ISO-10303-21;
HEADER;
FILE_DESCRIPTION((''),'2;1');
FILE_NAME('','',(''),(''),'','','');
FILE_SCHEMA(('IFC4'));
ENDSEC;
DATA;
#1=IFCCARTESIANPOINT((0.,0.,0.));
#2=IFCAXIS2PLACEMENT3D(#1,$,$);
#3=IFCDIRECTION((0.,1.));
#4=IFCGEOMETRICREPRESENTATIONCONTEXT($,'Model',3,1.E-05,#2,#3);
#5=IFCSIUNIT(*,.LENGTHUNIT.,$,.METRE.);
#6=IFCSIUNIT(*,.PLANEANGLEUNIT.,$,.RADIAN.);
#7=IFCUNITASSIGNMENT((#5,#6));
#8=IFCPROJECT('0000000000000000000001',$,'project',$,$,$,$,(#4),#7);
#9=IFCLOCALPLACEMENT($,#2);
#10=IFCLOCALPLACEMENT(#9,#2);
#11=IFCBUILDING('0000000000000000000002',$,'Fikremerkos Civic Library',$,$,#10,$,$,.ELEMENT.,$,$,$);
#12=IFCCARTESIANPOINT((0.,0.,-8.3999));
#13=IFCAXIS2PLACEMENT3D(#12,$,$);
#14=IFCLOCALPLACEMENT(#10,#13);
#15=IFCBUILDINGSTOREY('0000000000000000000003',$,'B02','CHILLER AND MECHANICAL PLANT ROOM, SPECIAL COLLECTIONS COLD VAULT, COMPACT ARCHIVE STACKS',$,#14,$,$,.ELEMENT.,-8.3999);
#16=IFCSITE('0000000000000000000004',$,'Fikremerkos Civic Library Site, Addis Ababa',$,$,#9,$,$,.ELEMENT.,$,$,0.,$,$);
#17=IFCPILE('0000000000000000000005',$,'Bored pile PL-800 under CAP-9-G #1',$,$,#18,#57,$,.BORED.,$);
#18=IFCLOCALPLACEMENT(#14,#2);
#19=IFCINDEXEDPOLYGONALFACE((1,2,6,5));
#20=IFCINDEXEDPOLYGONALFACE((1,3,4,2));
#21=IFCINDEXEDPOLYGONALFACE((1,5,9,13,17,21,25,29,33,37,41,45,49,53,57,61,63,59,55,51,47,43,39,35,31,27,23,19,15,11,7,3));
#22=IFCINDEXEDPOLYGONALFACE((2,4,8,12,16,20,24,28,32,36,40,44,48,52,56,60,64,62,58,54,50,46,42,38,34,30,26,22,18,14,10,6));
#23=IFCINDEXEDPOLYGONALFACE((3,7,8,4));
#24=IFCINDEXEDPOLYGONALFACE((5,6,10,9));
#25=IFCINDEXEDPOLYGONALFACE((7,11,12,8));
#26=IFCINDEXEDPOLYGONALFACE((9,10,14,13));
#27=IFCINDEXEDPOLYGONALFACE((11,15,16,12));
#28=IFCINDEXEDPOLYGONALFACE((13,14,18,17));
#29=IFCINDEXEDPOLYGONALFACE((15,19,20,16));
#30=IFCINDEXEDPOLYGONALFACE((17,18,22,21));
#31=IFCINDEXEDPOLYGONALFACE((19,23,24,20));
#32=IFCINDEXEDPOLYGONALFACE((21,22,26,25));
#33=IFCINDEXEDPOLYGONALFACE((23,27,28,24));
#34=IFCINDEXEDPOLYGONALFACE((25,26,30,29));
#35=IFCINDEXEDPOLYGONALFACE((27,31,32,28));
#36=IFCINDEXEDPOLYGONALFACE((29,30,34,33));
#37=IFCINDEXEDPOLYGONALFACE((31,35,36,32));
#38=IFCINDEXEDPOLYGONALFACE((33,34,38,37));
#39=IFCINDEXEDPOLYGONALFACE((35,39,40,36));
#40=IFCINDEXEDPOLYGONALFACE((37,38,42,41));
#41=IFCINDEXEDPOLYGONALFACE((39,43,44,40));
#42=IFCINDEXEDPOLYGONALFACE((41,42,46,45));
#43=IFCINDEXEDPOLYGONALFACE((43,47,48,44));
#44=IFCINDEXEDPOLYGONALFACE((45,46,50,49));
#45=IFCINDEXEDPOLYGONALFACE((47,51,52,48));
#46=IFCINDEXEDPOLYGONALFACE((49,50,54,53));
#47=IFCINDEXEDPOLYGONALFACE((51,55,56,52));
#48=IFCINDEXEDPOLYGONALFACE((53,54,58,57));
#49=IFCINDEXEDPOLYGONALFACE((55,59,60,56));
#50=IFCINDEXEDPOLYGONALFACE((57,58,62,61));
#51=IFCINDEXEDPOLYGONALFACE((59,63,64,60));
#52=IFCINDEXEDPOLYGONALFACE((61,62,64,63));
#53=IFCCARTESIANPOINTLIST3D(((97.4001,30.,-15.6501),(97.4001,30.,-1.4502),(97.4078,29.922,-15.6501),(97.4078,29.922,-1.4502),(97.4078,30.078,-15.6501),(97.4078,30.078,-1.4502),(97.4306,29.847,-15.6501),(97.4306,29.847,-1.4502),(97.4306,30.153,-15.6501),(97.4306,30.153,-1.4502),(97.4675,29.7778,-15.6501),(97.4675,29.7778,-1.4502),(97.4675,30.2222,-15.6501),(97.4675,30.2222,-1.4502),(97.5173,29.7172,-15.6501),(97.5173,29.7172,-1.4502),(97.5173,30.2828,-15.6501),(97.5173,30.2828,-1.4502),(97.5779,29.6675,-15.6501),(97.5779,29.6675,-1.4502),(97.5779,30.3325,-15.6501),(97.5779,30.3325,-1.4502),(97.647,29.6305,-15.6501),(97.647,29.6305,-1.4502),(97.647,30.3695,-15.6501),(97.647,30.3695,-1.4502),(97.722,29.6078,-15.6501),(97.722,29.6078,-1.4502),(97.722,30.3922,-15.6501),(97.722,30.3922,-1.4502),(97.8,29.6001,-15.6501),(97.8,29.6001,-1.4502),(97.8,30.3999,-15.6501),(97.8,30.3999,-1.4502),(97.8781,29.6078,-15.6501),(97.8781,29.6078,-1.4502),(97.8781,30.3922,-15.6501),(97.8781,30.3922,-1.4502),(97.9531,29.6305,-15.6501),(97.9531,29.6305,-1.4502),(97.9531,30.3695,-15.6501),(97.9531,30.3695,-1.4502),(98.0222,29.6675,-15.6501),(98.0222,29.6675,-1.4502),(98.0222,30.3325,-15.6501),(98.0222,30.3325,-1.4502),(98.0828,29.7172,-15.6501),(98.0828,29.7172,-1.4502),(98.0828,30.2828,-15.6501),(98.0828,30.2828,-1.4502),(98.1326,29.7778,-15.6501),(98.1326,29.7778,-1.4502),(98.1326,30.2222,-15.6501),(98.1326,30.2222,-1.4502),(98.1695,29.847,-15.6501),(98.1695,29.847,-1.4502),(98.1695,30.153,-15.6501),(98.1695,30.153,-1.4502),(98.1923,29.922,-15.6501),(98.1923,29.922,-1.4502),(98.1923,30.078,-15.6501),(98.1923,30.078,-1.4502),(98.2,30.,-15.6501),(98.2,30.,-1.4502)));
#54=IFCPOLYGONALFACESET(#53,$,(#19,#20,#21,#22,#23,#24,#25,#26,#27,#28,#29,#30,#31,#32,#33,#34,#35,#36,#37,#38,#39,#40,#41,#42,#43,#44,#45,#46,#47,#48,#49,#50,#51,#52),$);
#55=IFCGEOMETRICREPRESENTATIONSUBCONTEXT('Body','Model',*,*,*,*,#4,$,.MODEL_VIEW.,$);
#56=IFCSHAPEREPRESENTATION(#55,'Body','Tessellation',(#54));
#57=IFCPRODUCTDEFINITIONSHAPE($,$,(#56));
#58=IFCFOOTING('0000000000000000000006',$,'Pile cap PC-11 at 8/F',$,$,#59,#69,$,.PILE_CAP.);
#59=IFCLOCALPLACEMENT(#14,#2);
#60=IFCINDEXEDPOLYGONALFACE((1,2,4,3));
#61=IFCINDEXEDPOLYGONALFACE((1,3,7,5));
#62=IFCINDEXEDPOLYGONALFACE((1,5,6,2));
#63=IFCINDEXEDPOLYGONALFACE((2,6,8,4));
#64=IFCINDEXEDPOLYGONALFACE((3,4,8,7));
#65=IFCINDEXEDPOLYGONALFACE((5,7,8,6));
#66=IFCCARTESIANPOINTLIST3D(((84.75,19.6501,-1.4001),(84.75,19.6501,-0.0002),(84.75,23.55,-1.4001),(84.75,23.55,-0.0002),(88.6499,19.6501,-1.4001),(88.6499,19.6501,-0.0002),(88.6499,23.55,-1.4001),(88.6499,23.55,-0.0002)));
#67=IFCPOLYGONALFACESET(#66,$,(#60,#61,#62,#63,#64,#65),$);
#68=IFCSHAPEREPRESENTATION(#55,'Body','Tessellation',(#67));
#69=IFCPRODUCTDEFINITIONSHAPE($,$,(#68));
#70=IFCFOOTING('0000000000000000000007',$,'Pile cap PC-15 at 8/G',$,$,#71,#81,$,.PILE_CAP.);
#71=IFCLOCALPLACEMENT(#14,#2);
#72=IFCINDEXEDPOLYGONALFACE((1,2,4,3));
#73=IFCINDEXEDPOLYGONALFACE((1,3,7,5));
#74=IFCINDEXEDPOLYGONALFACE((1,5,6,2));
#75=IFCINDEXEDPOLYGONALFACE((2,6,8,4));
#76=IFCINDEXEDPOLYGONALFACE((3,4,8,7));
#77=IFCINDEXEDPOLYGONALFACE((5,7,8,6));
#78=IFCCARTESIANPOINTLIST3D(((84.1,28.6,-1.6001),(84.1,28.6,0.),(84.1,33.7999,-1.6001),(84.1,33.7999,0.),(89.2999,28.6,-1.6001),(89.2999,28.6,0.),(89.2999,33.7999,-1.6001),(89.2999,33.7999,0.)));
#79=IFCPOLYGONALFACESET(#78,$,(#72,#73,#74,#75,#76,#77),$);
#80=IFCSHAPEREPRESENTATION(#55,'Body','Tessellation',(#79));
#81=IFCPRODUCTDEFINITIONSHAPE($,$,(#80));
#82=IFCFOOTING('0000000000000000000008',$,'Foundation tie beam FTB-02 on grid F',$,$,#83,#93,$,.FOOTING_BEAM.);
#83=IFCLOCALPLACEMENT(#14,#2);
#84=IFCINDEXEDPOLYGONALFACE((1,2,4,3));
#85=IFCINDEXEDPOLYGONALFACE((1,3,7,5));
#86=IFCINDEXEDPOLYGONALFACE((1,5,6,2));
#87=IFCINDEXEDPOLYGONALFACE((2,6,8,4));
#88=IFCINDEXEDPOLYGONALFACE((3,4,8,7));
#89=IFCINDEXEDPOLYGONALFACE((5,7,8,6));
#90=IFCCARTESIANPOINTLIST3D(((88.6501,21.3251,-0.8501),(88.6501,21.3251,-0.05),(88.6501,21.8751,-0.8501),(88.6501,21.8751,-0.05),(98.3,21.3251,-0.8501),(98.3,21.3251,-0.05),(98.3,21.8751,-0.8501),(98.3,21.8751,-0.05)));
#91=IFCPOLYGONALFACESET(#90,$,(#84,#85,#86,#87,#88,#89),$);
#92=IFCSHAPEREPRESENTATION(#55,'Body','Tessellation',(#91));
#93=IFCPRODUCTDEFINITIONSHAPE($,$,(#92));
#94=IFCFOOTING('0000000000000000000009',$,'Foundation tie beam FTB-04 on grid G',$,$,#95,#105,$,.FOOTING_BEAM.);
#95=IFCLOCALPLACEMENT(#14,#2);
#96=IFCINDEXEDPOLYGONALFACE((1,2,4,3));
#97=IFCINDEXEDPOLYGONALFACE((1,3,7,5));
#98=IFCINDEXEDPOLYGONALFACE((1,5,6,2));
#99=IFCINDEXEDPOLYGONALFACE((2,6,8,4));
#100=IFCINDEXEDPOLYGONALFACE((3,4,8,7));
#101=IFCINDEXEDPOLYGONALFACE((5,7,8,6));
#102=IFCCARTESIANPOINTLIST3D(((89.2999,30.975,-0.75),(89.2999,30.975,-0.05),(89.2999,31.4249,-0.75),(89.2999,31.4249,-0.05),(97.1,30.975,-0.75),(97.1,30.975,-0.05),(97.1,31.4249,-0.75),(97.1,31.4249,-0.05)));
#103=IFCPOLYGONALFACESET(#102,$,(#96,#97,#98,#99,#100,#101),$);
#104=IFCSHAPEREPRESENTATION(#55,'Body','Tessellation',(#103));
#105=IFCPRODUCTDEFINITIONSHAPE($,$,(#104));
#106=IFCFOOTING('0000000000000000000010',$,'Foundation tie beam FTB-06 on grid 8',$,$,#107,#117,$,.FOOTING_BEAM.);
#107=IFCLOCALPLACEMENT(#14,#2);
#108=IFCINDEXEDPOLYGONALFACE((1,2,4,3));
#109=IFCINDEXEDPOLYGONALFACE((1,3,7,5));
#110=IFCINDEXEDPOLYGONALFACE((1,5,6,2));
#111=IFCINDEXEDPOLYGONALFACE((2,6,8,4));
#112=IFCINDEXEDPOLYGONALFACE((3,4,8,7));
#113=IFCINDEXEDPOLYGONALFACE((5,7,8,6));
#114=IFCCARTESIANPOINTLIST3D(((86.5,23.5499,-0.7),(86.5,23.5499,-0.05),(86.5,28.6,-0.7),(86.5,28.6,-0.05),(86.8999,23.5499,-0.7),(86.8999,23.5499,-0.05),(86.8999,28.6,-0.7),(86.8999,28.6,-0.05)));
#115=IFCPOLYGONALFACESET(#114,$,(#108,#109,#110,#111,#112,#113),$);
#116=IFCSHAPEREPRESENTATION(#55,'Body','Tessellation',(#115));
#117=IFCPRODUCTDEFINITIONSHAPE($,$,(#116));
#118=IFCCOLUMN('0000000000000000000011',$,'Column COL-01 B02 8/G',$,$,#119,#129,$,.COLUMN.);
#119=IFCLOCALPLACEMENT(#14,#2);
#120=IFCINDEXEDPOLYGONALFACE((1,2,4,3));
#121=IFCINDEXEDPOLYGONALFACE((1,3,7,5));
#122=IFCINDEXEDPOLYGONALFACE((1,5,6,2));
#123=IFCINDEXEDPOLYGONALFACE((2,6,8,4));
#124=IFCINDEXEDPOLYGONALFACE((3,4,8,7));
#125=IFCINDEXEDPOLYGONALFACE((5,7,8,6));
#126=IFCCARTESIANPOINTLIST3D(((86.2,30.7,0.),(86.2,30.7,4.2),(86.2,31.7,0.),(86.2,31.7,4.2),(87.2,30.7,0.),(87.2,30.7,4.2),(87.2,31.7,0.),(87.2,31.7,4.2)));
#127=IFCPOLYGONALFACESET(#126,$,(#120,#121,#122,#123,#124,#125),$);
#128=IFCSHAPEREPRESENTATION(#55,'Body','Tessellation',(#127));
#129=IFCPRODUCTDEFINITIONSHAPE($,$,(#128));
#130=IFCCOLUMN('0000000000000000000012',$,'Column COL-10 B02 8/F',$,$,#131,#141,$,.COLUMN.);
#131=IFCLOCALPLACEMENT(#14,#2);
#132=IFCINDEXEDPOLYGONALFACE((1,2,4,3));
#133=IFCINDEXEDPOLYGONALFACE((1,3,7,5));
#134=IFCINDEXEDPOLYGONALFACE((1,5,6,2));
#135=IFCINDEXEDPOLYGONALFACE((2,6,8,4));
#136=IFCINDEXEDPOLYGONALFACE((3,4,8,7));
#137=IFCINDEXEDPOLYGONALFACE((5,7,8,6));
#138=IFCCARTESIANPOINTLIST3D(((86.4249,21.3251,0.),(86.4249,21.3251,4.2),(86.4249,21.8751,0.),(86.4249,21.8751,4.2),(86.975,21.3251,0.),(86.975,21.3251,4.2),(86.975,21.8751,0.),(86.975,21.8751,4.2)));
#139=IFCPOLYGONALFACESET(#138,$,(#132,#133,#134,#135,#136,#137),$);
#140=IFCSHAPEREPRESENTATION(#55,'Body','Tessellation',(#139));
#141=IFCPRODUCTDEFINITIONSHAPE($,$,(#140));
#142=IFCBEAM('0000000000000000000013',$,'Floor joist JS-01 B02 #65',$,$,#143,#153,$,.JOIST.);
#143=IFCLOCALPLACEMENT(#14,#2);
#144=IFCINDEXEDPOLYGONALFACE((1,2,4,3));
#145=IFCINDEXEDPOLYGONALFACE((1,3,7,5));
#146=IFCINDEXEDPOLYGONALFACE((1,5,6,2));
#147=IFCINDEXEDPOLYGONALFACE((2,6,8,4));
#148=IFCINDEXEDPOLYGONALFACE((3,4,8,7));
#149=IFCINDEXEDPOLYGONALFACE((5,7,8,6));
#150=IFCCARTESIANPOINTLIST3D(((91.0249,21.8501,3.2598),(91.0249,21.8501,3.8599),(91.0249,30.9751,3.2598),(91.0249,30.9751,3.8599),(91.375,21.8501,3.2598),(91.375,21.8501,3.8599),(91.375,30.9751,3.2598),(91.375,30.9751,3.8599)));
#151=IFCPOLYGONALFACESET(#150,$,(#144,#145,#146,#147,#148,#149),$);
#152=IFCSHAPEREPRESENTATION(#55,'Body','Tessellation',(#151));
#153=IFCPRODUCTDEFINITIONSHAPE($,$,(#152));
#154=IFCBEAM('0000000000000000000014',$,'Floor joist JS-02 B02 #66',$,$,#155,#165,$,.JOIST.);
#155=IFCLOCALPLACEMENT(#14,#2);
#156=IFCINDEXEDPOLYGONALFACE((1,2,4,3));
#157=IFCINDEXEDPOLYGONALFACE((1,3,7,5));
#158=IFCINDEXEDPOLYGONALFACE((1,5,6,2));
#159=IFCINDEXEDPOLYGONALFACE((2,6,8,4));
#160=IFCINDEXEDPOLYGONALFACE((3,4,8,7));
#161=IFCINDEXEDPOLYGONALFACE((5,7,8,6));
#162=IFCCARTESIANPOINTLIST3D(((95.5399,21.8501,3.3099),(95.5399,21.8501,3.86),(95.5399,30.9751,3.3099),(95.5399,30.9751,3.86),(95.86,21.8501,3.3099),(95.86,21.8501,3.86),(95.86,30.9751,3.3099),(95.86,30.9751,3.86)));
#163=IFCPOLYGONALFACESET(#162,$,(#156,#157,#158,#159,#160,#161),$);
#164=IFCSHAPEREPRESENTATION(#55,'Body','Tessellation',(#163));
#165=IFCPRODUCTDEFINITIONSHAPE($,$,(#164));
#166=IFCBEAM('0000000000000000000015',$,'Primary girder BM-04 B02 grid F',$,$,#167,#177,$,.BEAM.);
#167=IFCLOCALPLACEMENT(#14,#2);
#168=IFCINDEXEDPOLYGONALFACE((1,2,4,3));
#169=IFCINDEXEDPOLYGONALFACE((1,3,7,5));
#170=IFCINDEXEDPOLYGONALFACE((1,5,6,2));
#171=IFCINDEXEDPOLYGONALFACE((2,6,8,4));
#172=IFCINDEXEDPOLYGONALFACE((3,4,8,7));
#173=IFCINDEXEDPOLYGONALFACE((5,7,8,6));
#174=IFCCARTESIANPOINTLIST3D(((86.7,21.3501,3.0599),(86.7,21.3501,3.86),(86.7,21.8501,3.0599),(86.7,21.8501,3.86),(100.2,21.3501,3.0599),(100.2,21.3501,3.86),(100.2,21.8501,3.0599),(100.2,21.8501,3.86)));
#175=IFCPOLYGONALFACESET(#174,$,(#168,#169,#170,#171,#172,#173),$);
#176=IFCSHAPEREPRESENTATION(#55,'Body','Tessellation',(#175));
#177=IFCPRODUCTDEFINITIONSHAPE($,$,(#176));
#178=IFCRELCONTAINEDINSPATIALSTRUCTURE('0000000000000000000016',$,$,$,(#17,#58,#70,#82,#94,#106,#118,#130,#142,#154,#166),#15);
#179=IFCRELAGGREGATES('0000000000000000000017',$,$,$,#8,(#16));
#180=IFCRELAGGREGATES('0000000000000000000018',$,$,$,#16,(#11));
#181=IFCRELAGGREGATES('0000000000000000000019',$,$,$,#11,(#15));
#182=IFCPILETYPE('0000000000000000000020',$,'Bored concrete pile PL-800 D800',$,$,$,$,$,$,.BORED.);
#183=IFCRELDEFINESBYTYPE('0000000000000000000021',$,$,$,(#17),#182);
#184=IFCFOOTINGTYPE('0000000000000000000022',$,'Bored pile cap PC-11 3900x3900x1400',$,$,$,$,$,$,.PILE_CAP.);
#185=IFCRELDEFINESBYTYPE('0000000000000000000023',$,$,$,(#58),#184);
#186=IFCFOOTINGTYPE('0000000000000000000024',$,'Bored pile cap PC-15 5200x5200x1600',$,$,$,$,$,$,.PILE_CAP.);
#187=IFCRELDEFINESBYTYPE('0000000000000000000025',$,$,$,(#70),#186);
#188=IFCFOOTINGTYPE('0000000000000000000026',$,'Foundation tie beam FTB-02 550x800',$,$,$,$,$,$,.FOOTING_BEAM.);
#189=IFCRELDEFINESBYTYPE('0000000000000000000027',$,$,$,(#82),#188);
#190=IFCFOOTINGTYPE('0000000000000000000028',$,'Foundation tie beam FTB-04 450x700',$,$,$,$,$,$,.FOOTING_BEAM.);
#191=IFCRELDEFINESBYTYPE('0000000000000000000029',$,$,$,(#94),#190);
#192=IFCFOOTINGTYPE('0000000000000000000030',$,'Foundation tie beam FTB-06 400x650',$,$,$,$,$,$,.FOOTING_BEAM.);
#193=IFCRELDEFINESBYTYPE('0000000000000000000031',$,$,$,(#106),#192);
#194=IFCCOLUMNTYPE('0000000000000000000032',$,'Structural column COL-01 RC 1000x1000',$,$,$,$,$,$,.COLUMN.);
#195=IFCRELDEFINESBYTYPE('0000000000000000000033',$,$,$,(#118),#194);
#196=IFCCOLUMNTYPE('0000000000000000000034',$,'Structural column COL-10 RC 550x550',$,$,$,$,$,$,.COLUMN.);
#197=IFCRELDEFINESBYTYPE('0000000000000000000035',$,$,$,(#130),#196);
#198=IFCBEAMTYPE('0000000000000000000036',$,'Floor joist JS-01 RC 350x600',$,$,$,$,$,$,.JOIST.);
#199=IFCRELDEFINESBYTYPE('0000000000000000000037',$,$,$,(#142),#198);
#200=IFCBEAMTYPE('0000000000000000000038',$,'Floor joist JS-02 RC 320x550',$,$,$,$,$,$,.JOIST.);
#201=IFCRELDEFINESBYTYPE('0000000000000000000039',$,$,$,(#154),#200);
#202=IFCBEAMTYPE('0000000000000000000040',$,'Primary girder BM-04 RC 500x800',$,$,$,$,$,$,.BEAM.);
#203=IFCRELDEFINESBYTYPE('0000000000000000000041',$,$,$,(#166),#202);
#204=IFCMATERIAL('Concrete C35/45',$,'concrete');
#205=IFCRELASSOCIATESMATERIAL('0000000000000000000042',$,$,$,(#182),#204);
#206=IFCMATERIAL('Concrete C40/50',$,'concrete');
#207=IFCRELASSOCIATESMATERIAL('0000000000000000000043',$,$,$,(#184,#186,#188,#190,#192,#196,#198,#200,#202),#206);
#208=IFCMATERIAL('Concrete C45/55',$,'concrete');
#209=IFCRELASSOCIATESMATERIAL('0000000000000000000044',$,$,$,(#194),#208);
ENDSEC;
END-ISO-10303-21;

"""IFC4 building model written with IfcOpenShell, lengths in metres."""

from ifc_helpers import new_model, si_unit, direction, frame, origin, origin_2d, place, context, subcontext, project, spatial, rectangle, circle, extrude, material, material_profile, profile_set, type_object, element, save


model = new_model("IFC4")

# Units and contexts
model_context = context("Model", 3, precision=1e-05, world=origin(), true_north=direction((0.0, 1.0)))
body_context = subcontext(model_context, "Body", "Model", "MODEL_VIEW")
ifc_project = project(units=[si_unit("LENGTHUNIT", "METRE"), si_unit("PLANEANGLEUNIT", "RADIAN")], contexts=[model_context])

# Site, building, storey
site_placement = place(None, origin())
site = spatial("IfcSite", under=ifc_project, at=site_placement, Name="Fikremerkos Civic Library Site, Addis Ababa", CompositionType="ELEMENT", RefElevation=0.0)
building_placement = place(site_placement, origin())
building = spatial("IfcBuilding", under=site, at=building_placement, Name="Fikremerkos Civic Library", CompositionType="ELEMENT")
storey_placement = place(building_placement, frame((0.0, 0.0, -8.3999)))
storey = spatial("IfcBuildingStorey", under=building, at=storey_placement, Name="B02", Description="CHILLER AND MECHANICAL PLANT ROOM, SPECIAL COLLECTIONS COLD VAULT, COMPACT ARCHIVE STACKS", CompositionType="ELEMENT", Elevation=-8.3999)

# Pile
ifc_material_1 = material(Name="Concrete C35/45", Category="concrete")
ifc_material_profile_1 = material_profile(ifc_material_1, circle(Radius=0.3999, at=origin_2d()), Name="BORED PILE 800")
ifc_profile_set_1 = profile_set([ifc_material_profile_1], Name="Concrete C35/45")
pile_type = type_object("IfcPileType", Name="Bored concrete pile PL-800 D800", PredefinedType="BORED", material=ifc_profile_set_1)
for number, where, z_axis, x_axis, name in (
    (1, (97.8, 30.0, -1.4502), (0.0, 0.0, -1.0), (1.0, 0.0, 0.0), "Bored pile PL-800 under CAP-9-G #1"),
):
    element("IfcPile", number, at=place(storey_placement, frame(where, z_axis=z_axis, x_axis=x_axis)), inside=storey, type_object=pile_type, Name=name, PredefinedType="BORED", context=body_context, shape_type="SweptSolid", body=[
        extrude(circle(Radius=0.3999, at=origin_2d()), origin(), (0.0, 0.0, 1.0), 14.2),
    ])

# Footings
ifc_material_2 = material(Name="Concrete C40/50", Category="concrete")
footing_type_1 = type_object("IfcFootingType", Name="Bored pile cap PC-11 3900x3900x1400", PredefinedType="PILE_CAP", material=ifc_material_2)
footing_1_placement = place(storey_placement, frame((86.7, 21.6001, -1.4001), z_axis=(0.0, 0.0, 1.0), x_axis=(1.0, 0.0, 0.0)))
element("IfcFooting", 2, at=footing_1_placement, inside=storey, type_object=footing_type_1, Name="Pile cap PC-11 at 8/F", PredefinedType="PILE_CAP", context=body_context, shape_type="SweptSolid", body=[
    extrude(rectangle(XDim=3.8999, YDim=3.8999, at=origin_2d()), origin(), (0.0, 0.0, 1.0), 1.3999),
])
footing_type_2 = type_object("IfcFootingType", Name="Bored pile cap PC-15 5200x5200x1600", PredefinedType="PILE_CAP", material=ifc_material_2)
footing_2_placement = place(storey_placement, frame((86.7, 31.2, -1.6001), z_axis=(0.0, 0.0, 1.0), x_axis=(1.0, 0.0, 0.0)))
element("IfcFooting", 3, at=footing_2_placement, inside=storey, type_object=footing_type_2, Name="Pile cap PC-15 at 8/G", PredefinedType="PILE_CAP", context=body_context, shape_type="SweptSolid", body=[
    extrude(rectangle(XDim=5.2, YDim=5.2, at=origin_2d()), origin(), (0.0, 0.0, 1.0), 1.6001),
])
footing_type_3 = type_object("IfcFootingType", Name="Foundation tie beam FTB-02 550x800", PredefinedType="FOOTING_BEAM", material=ifc_material_2)
footing_3_placement = place(storey_placement, frame((93.4751, 21.6001, -0.8501), z_axis=(0.0, 0.0, 1.0), x_axis=(1.0, 0.0, 0.0)))
element("IfcFooting", 4, at=footing_3_placement, inside=storey, type_object=footing_type_3, Name="Foundation tie beam FTB-02 on grid F", PredefinedType="FOOTING_BEAM", context=body_context, shape_type="SweptSolid", body=[
    extrude(rectangle(XDim=9.6499, YDim=0.55, at=origin_2d()), origin(), (0.0, 0.0, 1.0), 0.8),
])
footing_type_4 = type_object("IfcFootingType", Name="Foundation tie beam FTB-04 450x700", PredefinedType="FOOTING_BEAM", material=ifc_material_2)
footing_4_placement = place(storey_placement, frame((93.2, 31.2, -0.75), z_axis=(0.0, 0.0, 1.0), x_axis=(1.0, 0.0, 0.0)))
element("IfcFooting", 5, at=footing_4_placement, inside=storey, type_object=footing_type_4, Name="Foundation tie beam FTB-04 on grid G", PredefinedType="FOOTING_BEAM", context=body_context, shape_type="SweptSolid", body=[
    extrude(rectangle(XDim=7.8, YDim=0.45, at=origin_2d()), origin(), (0.0, 0.0, 1.0), 0.7),
])
footing_type_5 = type_object("IfcFootingType", Name="Foundation tie beam FTB-06 400x650", PredefinedType="FOOTING_BEAM", material=ifc_material_2)
footing_5_placement = place(storey_placement, frame((86.7, 26.075, -0.7), z_axis=(0.0, 0.0, 1.0), x_axis=(0.0, 1.0, 0.0)))
element("IfcFooting", 6, at=footing_5_placement, inside=storey, type_object=footing_type_5, Name="Foundation tie beam FTB-06 on grid 8", PredefinedType="FOOTING_BEAM", context=body_context, shape_type="SweptSolid", body=[
    extrude(rectangle(XDim=5.05, YDim=0.3999, at=origin_2d()), origin(), (0.0, 0.0, 1.0), 0.6499),
])

# Columns
ifc_material_3 = material(Name="Concrete C45/55", Category="concrete")
ifc_material_profile_2 = material_profile(ifc_material_3, rectangle(XDim=1.0, YDim=1.0, at=origin_2d()), Name="RC 1000x1000")
ifc_profile_set_2 = profile_set([ifc_material_profile_2], Name="Concrete C45/55")
column_type_1 = type_object("IfcColumnType", Name="Structural column COL-01 RC 1000x1000", PredefinedType="COLUMN", material=ifc_profile_set_2)
column_1_placement = place(storey_placement, frame((86.7, 31.2, 0.0), z_axis=(0.0, 0.0, 1.0), x_axis=(1.0, 0.0, 0.0)))
element("IfcColumn", 7, at=column_1_placement, inside=storey, type_object=column_type_1, Name="Column COL-01 B02 8/G", PredefinedType="COLUMN", context=body_context, shape_type="SweptSolid", body=[
    extrude(rectangle(XDim=1.0, YDim=1.0, at=origin_2d()), origin(), (0.0, 0.0, 1.0), 4.2),
])
ifc_material_profile_3 = material_profile(ifc_material_2, rectangle(XDim=0.55, YDim=0.55, at=origin_2d()), Name="RC 550x550")
ifc_profile_set_3 = profile_set([ifc_material_profile_3], Name="Concrete C40/50")
column_type_2 = type_object("IfcColumnType", Name="Structural column COL-10 RC 550x550", PredefinedType="COLUMN", material=ifc_profile_set_3)
column_2_placement = place(storey_placement, frame((86.7, 21.6001, 0.0), z_axis=(0.0, 0.0, 1.0), x_axis=(1.0, 0.0, 0.0)))
element("IfcColumn", 8, at=column_2_placement, inside=storey, type_object=column_type_2, Name="Column COL-10 B02 8/F", PredefinedType="COLUMN", context=body_context, shape_type="SweptSolid", body=[
    extrude(rectangle(XDim=0.55, YDim=0.55, at=origin_2d()), origin(), (0.0, 0.0, 1.0), 4.2),
])

# Beams
ifc_material_profile_4 = material_profile(ifc_material_2, rectangle(XDim=0.3501, YDim=0.6001, at=origin_2d()), Name="RC 350x600")
ifc_profile_set_4 = profile_set([ifc_material_profile_4], Name="Concrete C40/50")
beam_type_1 = type_object("IfcBeamType", Name="Floor joist JS-01 RC 350x600", PredefinedType="JOIST", material=ifc_profile_set_4)
beam_1_placement = place(storey_placement, frame((91.2, 21.8501, 3.5598), z_axis=(0.0, 1.0, 0.0), x_axis=(-1.0, 0.0, 0.0)))
element("IfcBeam", 9, at=beam_1_placement, inside=storey, type_object=beam_type_1, Name="Floor joist JS-01 B02 #65", PredefinedType="JOIST", context=body_context, shape_type="SweptSolid", body=[
    extrude(rectangle(XDim=0.3501, YDim=0.6001, at=origin_2d()), origin(), (0.0, 0.0, 1.0), 9.125),
])
ifc_material_profile_5 = material_profile(ifc_material_2, rectangle(XDim=0.3201, YDim=0.55, at=origin_2d()), Name="RC 320x550")
ifc_profile_set_5 = profile_set([ifc_material_profile_5], Name="Concrete C40/50")
beam_type_2 = type_object("IfcBeamType", Name="Floor joist JS-02 RC 320x550", PredefinedType="JOIST", material=ifc_profile_set_5)
beam_2_placement = place(storey_placement, frame((95.7, 21.8501, 3.585), z_axis=(0.0, 1.0, 0.0), x_axis=(-1.0, 0.0, 0.0)))
element("IfcBeam", 10, at=beam_2_placement, inside=storey, type_object=beam_type_2, Name="Floor joist JS-02 B02 #66", PredefinedType="JOIST", context=body_context, shape_type="SweptSolid", body=[
    extrude(rectangle(XDim=0.3201, YDim=0.55, at=origin_2d()), origin(), (0.0, 0.0, 1.0), 9.125),
])
ifc_material_profile_6 = material_profile(ifc_material_2, rectangle(XDim=0.5, YDim=0.8, at=origin_2d()), Name="RC 500x800")
ifc_profile_set_6 = profile_set([ifc_material_profile_6], Name="Concrete C40/50")
beam_type_3 = type_object("IfcBeamType", Name="Primary girder BM-04 RC 500x800", PredefinedType="BEAM", material=ifc_profile_set_6)
beam_3_placement = place(storey_placement, frame((86.7, 21.6001, 3.46), z_axis=(1.0, 0.0, 0.0), x_axis=(0.0, 1.0, 0.0)))
element("IfcBeam", 11, at=beam_3_placement, inside=storey, type_object=beam_type_3, Name="Primary girder BM-04 B02 grid F", PredefinedType="BEAM", context=body_context, shape_type="SweptSolid", body=[
    extrude(rectangle(XDim=0.5, YDim=0.8, at=origin_2d()), origin(), (0.0, 0.0, 1.0), 13.5),
])

save(model, "model.ifc")
